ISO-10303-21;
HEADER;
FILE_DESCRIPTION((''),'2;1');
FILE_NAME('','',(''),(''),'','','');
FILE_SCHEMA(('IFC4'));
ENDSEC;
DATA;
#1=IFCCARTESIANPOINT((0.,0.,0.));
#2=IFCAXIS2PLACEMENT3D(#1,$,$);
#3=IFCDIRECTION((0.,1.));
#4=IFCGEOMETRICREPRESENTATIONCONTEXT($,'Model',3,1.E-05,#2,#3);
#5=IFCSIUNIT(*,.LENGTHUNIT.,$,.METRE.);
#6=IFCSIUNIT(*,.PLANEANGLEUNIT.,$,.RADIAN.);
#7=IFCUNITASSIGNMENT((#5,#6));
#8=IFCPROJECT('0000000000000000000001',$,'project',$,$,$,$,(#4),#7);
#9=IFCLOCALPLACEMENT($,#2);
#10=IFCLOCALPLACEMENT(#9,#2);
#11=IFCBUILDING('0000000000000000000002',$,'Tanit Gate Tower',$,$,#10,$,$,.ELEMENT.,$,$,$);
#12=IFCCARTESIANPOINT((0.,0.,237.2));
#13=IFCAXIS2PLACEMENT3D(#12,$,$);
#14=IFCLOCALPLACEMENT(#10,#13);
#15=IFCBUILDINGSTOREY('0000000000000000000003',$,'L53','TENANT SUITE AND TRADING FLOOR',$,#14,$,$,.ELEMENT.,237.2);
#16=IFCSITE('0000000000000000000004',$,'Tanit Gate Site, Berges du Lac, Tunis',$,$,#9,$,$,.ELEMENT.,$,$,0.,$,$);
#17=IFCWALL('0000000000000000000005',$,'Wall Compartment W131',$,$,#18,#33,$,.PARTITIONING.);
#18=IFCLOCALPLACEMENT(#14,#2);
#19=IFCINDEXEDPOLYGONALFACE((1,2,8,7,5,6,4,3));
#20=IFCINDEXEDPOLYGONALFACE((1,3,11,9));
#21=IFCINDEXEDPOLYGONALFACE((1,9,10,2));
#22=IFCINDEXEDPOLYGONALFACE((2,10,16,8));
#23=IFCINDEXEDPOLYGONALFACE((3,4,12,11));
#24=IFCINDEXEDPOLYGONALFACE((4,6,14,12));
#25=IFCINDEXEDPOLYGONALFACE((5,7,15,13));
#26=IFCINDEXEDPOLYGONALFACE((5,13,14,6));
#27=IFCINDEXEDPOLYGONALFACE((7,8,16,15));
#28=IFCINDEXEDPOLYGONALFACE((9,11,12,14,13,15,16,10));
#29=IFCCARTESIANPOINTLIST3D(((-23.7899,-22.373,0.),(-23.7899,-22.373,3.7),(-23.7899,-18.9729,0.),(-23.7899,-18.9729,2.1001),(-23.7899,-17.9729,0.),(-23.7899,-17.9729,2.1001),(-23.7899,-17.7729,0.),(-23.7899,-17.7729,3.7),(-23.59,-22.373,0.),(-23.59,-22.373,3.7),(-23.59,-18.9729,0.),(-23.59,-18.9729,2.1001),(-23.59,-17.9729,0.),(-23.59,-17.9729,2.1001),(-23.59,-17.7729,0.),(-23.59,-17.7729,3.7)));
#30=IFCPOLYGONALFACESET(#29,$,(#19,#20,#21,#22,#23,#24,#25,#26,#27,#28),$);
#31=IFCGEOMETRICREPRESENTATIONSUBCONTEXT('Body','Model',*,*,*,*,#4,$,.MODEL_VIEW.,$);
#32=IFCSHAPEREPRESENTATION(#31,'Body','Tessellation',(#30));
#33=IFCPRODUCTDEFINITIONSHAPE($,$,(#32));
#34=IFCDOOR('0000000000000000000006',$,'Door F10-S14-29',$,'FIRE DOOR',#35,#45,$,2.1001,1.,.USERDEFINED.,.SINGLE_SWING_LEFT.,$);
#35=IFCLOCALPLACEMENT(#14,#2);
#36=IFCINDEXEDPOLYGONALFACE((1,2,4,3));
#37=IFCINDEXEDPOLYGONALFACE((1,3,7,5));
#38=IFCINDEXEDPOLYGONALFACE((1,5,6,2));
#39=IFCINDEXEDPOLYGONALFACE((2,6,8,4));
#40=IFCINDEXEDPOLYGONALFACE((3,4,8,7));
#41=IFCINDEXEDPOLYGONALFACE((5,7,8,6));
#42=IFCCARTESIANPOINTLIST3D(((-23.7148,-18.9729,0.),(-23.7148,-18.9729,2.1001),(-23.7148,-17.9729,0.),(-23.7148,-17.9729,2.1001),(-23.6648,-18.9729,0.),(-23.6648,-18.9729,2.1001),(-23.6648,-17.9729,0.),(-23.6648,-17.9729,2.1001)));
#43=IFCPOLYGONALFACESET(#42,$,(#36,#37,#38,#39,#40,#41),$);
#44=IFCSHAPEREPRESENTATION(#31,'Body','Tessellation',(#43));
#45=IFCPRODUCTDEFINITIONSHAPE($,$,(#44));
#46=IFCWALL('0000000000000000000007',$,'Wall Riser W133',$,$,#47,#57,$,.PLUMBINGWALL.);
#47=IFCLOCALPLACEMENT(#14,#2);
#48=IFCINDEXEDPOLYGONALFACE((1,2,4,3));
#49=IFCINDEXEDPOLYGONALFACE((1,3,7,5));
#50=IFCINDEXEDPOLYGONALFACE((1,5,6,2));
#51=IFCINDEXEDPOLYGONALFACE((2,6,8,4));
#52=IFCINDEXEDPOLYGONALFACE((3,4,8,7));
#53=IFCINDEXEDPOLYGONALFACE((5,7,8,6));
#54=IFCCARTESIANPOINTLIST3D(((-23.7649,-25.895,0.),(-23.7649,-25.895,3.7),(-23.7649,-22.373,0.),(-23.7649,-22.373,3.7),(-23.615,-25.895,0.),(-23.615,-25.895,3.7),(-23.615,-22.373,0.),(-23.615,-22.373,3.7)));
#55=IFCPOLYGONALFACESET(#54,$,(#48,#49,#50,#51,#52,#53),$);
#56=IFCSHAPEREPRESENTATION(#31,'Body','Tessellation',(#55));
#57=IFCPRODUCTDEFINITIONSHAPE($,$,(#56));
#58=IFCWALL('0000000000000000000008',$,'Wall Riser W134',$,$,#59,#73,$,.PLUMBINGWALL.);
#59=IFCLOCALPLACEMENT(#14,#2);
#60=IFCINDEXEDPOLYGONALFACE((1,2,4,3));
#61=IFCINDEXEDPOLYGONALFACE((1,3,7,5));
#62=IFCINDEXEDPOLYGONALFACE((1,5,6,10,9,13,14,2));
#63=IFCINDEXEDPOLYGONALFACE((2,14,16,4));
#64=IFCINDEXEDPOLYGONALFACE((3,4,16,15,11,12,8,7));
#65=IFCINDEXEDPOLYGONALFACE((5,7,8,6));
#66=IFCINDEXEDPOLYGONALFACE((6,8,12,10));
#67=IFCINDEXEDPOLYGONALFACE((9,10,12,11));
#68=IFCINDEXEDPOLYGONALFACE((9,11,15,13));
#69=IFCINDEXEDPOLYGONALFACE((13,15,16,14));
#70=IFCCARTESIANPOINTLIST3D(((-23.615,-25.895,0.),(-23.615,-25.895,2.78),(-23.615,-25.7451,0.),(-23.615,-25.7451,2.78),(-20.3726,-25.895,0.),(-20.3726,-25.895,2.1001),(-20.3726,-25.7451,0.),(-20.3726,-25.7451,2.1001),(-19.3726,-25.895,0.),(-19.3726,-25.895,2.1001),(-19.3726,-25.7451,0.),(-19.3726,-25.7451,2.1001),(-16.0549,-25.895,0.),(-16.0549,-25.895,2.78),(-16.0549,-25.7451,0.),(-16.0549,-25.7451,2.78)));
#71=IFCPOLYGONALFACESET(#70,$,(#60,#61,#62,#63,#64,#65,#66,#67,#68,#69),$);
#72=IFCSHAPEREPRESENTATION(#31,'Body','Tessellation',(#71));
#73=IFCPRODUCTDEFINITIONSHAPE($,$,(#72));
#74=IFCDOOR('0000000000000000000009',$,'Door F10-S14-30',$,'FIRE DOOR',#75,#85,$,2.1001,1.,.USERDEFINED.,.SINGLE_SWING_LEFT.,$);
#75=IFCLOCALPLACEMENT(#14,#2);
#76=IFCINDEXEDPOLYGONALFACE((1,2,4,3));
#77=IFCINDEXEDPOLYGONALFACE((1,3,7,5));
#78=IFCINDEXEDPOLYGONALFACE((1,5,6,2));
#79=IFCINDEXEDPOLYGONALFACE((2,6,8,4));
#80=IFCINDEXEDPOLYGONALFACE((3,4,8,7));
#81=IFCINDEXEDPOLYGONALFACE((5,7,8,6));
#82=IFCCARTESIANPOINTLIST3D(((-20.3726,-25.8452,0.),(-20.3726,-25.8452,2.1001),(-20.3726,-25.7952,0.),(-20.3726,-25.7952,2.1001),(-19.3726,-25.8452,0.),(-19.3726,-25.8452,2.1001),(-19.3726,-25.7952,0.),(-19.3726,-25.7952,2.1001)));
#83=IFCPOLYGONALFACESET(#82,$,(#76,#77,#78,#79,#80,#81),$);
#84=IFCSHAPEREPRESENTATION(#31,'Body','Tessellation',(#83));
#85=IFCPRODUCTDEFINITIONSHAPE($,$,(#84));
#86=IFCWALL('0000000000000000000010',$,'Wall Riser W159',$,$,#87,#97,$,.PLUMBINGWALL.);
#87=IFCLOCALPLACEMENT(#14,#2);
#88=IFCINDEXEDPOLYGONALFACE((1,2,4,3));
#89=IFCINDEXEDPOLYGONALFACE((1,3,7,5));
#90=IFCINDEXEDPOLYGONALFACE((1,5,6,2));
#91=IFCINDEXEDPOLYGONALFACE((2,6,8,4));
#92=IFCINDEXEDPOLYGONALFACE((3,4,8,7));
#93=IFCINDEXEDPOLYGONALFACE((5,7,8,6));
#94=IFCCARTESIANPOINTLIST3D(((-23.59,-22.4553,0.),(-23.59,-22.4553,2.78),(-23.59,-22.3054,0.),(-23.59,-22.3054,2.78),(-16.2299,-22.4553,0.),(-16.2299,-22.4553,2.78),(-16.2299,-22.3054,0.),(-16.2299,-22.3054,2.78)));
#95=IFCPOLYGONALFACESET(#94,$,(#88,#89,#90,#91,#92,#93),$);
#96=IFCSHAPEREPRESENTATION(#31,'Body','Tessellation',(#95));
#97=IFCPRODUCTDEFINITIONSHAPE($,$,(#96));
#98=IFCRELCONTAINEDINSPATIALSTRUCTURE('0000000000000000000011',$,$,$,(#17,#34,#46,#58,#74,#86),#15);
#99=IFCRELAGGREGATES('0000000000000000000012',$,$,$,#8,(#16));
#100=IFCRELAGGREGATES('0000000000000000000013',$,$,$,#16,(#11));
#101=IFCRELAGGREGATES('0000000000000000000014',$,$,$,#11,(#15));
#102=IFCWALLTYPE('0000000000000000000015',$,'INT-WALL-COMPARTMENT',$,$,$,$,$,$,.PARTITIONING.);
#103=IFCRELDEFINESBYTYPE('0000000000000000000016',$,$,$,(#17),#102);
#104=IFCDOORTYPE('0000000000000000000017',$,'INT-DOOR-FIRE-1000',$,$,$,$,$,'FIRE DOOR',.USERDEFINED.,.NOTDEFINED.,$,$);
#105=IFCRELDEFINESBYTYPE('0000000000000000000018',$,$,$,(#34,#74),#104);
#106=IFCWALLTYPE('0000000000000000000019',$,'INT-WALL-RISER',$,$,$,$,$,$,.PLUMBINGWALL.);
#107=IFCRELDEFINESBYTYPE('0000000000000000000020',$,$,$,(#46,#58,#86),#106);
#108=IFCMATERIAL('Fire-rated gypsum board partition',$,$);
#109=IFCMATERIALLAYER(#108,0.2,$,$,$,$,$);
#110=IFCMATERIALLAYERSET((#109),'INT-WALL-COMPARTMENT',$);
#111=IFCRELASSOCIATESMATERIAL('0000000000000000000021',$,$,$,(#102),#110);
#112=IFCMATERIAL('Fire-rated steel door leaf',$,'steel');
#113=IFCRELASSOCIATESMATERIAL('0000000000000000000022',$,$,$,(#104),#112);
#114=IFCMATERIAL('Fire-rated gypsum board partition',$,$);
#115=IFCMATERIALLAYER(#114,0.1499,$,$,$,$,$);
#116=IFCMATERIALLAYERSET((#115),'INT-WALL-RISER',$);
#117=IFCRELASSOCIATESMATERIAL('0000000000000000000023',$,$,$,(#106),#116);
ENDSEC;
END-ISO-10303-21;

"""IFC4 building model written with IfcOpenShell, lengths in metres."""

from ifc_helpers import new_model, si_unit, direction, frame, frame_2d, origin, place, context, subcontext, project, spatial, rectangle, extrude, material, layer, layer_set, type_object, element, fill, save


model = new_model("IFC4")

# Units and contexts
model_context = context("Model", 3, precision=1e-05, world=origin(), true_north=direction((0.0, 1.0)))
body_context = subcontext(model_context, "Body", "Model", "MODEL_VIEW")
ifc_project = project(units=[si_unit("LENGTHUNIT", "METRE"), si_unit("PLANEANGLEUNIT", "RADIAN")], contexts=[model_context])

# Site, building, storey
site_placement = place(None, origin())
site = spatial("IfcSite", under=ifc_project, at=site_placement, Name="Tanit Gate Site, Berges du Lac, Tunis", CompositionType="ELEMENT", RefElevation=0.0)
building_placement = place(site_placement, origin())
building = spatial("IfcBuilding", under=site, at=building_placement, Name="Tanit Gate Tower", CompositionType="ELEMENT")
storey_placement = place(building_placement, frame((0.0, 0.0, 237.2)))
storey = spatial("IfcBuildingStorey", under=building, at=storey_placement, Name="L53", Description="TENANT SUITE AND TRADING FLOOR", CompositionType="ELEMENT", Elevation=237.2)

# Shared definitions
ifc_material_1 = material(Name="Fire-rated gypsum board partition")
ifc_layer_1 = layer(ifc_material_1, 0.2)
ifc_layer_set_1 = layer_set([ifc_layer_1], Name="INT-WALL-COMPARTMENT")
wall_type_1 = type_object("IfcWallType", Name="INT-WALL-COMPARTMENT", PredefinedType="PARTITIONING", material=ifc_layer_set_1)

# Wall, opening, door
wall_1_placement = place(storey_placement, frame((-23.6899, -22.373, 0.0), z_axis=(0.0, 0.0, 1.0), x_axis=(0.0, 1.0, 0.0)))
wall_1 = element("IfcWall", 1, at=wall_1_placement, inside=storey, type_object=wall_type_1, Name="Wall Compartment W131", PredefinedType="PARTITIONING", context=body_context, shape_type="SweptSolid", body=[
    extrude(rectangle(XDim=4.6001, YDim=0.2, at=frame_2d((2.3, 0.0))), origin(), (0.0, 0.0, 1.0), 3.7),
])
opening_1_placement = place(wall_1_placement, frame((3.4001, 0.0, 0.0)))
opening_1 = element("IfcOpeningElement", 2, at=opening_1_placement, cuts=wall_1, PredefinedType="OPENING", context=body_context, shape_type="SweptSolid", body=[
    extrude(rectangle(XDim=1.0, YDim=2.1001, at=frame_2d((0.5, 1.05))), frame((0.0, 0.1099, 0.0), z_axis=(0.0, -1.0, 0.0), x_axis=(1.0, 0.0, 0.0)), (0.0, 0.0, 1.0), 0.22),
])
ifc_material_2 = material(Name="Fire-rated steel door leaf", Category="steel")
door_type = type_object("IfcDoorType", Name="INT-DOOR-FIRE-1000", ElementType="FIRE DOOR", OperationType="NOTDEFINED", PredefinedType="USERDEFINED", material=ifc_material_2)
door_1_placement = place(opening_1_placement, origin())
door_1 = element("IfcDoor", 3, at=door_1_placement, inside=storey, type_object=door_type, Name="Door F10-S14-29", ObjectType="FIRE DOOR", OperationType="SINGLE_SWING_LEFT", OverallHeight=2.1001, OverallWidth=1.0, PredefinedType="USERDEFINED", context=body_context, shape_type="SweptSolid", body=[
    extrude(rectangle(XDim=1.0, YDim=2.1001, at=frame_2d((0.5, 1.05))), frame((0.0, 0.0249, 0.0), z_axis=(0.0, -1.0, 0.0), x_axis=(1.0, 0.0, 0.0)), (0.0, 0.0, 1.0), 0.05),
])
fill(opening_1, door_1)

# Wall
ifc_material_3 = material(Name="Fire-rated gypsum board partition")
ifc_layer_2 = layer(ifc_material_3, 0.1499)
ifc_layer_set_2 = layer_set([ifc_layer_2], Name="INT-WALL-RISER")
wall_type_2 = type_object("IfcWallType", Name="INT-WALL-RISER", PredefinedType="PLUMBINGWALL", material=ifc_layer_set_2)
wall_2_placement = place(storey_placement, frame((-23.6899, -25.895, 0.0), z_axis=(0.0, 0.0, 1.0), x_axis=(0.0, 1.0, 0.0)))
element("IfcWall", 4, at=wall_2_placement, inside=storey, type_object=wall_type_2, Name="Wall Riser W133", PredefinedType="PLUMBINGWALL", context=body_context, shape_type="SweptSolid", body=[
    extrude(rectangle(XDim=3.522, YDim=0.1499, at=frame_2d((1.761, 0.0))), origin(), (0.0, 0.0, 1.0), 3.7),
])

# Wall, opening, door
wall_3_placement = place(storey_placement, frame((-23.615, -25.8201, 0.0), z_axis=(0.0, 0.0, 1.0), x_axis=(1.0, 0.0, 0.0)))
wall_3 = element("IfcWall", 5, at=wall_3_placement, inside=storey, type_object=wall_type_2, Name="Wall Riser W134", PredefinedType="PLUMBINGWALL", context=body_context, shape_type="SweptSolid", body=[
    extrude(rectangle(XDim=7.5601, YDim=0.1499, at=frame_2d((3.78, 0.0))), origin(), (0.0, 0.0, 1.0), 2.78),
])
opening_2_placement = place(wall_3_placement, frame((3.2424, 0.0, 0.0)))
opening_2 = element("IfcOpeningElement", 6, at=opening_2_placement, cuts=wall_3, PredefinedType="OPENING", context=body_context, shape_type="SweptSolid", body=[
    extrude(rectangle(XDim=1.0, YDim=2.1001, at=frame_2d((0.5, 1.05))), frame((0.0, 0.085, 0.0), z_axis=(0.0, -1.0, 0.0), x_axis=(1.0, 0.0, 0.0)), (0.0, 0.0, 1.0), 0.1699),
])
door_2_placement = place(opening_2_placement, origin())
door_2 = element("IfcDoor", 7, at=door_2_placement, inside=storey, type_object=door_type, Name="Door F10-S14-30", ObjectType="FIRE DOOR", OperationType="SINGLE_SWING_LEFT", OverallHeight=2.1001, OverallWidth=1.0, PredefinedType="USERDEFINED", context=body_context, shape_type="SweptSolid", body=[
    extrude(rectangle(XDim=1.0, YDim=2.1001, at=frame_2d((0.5, 1.05))), frame((0.0, 0.0249, 0.0), z_axis=(0.0, -1.0, 0.0), x_axis=(1.0, 0.0, 0.0)), (0.0, 0.0, 1.0), 0.05),
])
fill(opening_2, door_2)

# Wall
wall_4_placement = place(storey_placement, frame((-23.5901, -22.3804, 0.0), z_axis=(0.0, 0.0, 1.0), x_axis=(1.0, 0.0, 0.0)))
element("IfcWall", 8, at=wall_4_placement, inside=storey, type_object=wall_type_2, Name="Wall Riser W159", PredefinedType="PLUMBINGWALL", context=body_context, shape_type="SweptSolid", body=[
    extrude(rectangle(XDim=7.3601, YDim=0.1499, at=frame_2d((3.6802, 0.0))), origin(), (0.0, 0.0, 1.0), 2.78),
])

save(model, "model.ifc")
